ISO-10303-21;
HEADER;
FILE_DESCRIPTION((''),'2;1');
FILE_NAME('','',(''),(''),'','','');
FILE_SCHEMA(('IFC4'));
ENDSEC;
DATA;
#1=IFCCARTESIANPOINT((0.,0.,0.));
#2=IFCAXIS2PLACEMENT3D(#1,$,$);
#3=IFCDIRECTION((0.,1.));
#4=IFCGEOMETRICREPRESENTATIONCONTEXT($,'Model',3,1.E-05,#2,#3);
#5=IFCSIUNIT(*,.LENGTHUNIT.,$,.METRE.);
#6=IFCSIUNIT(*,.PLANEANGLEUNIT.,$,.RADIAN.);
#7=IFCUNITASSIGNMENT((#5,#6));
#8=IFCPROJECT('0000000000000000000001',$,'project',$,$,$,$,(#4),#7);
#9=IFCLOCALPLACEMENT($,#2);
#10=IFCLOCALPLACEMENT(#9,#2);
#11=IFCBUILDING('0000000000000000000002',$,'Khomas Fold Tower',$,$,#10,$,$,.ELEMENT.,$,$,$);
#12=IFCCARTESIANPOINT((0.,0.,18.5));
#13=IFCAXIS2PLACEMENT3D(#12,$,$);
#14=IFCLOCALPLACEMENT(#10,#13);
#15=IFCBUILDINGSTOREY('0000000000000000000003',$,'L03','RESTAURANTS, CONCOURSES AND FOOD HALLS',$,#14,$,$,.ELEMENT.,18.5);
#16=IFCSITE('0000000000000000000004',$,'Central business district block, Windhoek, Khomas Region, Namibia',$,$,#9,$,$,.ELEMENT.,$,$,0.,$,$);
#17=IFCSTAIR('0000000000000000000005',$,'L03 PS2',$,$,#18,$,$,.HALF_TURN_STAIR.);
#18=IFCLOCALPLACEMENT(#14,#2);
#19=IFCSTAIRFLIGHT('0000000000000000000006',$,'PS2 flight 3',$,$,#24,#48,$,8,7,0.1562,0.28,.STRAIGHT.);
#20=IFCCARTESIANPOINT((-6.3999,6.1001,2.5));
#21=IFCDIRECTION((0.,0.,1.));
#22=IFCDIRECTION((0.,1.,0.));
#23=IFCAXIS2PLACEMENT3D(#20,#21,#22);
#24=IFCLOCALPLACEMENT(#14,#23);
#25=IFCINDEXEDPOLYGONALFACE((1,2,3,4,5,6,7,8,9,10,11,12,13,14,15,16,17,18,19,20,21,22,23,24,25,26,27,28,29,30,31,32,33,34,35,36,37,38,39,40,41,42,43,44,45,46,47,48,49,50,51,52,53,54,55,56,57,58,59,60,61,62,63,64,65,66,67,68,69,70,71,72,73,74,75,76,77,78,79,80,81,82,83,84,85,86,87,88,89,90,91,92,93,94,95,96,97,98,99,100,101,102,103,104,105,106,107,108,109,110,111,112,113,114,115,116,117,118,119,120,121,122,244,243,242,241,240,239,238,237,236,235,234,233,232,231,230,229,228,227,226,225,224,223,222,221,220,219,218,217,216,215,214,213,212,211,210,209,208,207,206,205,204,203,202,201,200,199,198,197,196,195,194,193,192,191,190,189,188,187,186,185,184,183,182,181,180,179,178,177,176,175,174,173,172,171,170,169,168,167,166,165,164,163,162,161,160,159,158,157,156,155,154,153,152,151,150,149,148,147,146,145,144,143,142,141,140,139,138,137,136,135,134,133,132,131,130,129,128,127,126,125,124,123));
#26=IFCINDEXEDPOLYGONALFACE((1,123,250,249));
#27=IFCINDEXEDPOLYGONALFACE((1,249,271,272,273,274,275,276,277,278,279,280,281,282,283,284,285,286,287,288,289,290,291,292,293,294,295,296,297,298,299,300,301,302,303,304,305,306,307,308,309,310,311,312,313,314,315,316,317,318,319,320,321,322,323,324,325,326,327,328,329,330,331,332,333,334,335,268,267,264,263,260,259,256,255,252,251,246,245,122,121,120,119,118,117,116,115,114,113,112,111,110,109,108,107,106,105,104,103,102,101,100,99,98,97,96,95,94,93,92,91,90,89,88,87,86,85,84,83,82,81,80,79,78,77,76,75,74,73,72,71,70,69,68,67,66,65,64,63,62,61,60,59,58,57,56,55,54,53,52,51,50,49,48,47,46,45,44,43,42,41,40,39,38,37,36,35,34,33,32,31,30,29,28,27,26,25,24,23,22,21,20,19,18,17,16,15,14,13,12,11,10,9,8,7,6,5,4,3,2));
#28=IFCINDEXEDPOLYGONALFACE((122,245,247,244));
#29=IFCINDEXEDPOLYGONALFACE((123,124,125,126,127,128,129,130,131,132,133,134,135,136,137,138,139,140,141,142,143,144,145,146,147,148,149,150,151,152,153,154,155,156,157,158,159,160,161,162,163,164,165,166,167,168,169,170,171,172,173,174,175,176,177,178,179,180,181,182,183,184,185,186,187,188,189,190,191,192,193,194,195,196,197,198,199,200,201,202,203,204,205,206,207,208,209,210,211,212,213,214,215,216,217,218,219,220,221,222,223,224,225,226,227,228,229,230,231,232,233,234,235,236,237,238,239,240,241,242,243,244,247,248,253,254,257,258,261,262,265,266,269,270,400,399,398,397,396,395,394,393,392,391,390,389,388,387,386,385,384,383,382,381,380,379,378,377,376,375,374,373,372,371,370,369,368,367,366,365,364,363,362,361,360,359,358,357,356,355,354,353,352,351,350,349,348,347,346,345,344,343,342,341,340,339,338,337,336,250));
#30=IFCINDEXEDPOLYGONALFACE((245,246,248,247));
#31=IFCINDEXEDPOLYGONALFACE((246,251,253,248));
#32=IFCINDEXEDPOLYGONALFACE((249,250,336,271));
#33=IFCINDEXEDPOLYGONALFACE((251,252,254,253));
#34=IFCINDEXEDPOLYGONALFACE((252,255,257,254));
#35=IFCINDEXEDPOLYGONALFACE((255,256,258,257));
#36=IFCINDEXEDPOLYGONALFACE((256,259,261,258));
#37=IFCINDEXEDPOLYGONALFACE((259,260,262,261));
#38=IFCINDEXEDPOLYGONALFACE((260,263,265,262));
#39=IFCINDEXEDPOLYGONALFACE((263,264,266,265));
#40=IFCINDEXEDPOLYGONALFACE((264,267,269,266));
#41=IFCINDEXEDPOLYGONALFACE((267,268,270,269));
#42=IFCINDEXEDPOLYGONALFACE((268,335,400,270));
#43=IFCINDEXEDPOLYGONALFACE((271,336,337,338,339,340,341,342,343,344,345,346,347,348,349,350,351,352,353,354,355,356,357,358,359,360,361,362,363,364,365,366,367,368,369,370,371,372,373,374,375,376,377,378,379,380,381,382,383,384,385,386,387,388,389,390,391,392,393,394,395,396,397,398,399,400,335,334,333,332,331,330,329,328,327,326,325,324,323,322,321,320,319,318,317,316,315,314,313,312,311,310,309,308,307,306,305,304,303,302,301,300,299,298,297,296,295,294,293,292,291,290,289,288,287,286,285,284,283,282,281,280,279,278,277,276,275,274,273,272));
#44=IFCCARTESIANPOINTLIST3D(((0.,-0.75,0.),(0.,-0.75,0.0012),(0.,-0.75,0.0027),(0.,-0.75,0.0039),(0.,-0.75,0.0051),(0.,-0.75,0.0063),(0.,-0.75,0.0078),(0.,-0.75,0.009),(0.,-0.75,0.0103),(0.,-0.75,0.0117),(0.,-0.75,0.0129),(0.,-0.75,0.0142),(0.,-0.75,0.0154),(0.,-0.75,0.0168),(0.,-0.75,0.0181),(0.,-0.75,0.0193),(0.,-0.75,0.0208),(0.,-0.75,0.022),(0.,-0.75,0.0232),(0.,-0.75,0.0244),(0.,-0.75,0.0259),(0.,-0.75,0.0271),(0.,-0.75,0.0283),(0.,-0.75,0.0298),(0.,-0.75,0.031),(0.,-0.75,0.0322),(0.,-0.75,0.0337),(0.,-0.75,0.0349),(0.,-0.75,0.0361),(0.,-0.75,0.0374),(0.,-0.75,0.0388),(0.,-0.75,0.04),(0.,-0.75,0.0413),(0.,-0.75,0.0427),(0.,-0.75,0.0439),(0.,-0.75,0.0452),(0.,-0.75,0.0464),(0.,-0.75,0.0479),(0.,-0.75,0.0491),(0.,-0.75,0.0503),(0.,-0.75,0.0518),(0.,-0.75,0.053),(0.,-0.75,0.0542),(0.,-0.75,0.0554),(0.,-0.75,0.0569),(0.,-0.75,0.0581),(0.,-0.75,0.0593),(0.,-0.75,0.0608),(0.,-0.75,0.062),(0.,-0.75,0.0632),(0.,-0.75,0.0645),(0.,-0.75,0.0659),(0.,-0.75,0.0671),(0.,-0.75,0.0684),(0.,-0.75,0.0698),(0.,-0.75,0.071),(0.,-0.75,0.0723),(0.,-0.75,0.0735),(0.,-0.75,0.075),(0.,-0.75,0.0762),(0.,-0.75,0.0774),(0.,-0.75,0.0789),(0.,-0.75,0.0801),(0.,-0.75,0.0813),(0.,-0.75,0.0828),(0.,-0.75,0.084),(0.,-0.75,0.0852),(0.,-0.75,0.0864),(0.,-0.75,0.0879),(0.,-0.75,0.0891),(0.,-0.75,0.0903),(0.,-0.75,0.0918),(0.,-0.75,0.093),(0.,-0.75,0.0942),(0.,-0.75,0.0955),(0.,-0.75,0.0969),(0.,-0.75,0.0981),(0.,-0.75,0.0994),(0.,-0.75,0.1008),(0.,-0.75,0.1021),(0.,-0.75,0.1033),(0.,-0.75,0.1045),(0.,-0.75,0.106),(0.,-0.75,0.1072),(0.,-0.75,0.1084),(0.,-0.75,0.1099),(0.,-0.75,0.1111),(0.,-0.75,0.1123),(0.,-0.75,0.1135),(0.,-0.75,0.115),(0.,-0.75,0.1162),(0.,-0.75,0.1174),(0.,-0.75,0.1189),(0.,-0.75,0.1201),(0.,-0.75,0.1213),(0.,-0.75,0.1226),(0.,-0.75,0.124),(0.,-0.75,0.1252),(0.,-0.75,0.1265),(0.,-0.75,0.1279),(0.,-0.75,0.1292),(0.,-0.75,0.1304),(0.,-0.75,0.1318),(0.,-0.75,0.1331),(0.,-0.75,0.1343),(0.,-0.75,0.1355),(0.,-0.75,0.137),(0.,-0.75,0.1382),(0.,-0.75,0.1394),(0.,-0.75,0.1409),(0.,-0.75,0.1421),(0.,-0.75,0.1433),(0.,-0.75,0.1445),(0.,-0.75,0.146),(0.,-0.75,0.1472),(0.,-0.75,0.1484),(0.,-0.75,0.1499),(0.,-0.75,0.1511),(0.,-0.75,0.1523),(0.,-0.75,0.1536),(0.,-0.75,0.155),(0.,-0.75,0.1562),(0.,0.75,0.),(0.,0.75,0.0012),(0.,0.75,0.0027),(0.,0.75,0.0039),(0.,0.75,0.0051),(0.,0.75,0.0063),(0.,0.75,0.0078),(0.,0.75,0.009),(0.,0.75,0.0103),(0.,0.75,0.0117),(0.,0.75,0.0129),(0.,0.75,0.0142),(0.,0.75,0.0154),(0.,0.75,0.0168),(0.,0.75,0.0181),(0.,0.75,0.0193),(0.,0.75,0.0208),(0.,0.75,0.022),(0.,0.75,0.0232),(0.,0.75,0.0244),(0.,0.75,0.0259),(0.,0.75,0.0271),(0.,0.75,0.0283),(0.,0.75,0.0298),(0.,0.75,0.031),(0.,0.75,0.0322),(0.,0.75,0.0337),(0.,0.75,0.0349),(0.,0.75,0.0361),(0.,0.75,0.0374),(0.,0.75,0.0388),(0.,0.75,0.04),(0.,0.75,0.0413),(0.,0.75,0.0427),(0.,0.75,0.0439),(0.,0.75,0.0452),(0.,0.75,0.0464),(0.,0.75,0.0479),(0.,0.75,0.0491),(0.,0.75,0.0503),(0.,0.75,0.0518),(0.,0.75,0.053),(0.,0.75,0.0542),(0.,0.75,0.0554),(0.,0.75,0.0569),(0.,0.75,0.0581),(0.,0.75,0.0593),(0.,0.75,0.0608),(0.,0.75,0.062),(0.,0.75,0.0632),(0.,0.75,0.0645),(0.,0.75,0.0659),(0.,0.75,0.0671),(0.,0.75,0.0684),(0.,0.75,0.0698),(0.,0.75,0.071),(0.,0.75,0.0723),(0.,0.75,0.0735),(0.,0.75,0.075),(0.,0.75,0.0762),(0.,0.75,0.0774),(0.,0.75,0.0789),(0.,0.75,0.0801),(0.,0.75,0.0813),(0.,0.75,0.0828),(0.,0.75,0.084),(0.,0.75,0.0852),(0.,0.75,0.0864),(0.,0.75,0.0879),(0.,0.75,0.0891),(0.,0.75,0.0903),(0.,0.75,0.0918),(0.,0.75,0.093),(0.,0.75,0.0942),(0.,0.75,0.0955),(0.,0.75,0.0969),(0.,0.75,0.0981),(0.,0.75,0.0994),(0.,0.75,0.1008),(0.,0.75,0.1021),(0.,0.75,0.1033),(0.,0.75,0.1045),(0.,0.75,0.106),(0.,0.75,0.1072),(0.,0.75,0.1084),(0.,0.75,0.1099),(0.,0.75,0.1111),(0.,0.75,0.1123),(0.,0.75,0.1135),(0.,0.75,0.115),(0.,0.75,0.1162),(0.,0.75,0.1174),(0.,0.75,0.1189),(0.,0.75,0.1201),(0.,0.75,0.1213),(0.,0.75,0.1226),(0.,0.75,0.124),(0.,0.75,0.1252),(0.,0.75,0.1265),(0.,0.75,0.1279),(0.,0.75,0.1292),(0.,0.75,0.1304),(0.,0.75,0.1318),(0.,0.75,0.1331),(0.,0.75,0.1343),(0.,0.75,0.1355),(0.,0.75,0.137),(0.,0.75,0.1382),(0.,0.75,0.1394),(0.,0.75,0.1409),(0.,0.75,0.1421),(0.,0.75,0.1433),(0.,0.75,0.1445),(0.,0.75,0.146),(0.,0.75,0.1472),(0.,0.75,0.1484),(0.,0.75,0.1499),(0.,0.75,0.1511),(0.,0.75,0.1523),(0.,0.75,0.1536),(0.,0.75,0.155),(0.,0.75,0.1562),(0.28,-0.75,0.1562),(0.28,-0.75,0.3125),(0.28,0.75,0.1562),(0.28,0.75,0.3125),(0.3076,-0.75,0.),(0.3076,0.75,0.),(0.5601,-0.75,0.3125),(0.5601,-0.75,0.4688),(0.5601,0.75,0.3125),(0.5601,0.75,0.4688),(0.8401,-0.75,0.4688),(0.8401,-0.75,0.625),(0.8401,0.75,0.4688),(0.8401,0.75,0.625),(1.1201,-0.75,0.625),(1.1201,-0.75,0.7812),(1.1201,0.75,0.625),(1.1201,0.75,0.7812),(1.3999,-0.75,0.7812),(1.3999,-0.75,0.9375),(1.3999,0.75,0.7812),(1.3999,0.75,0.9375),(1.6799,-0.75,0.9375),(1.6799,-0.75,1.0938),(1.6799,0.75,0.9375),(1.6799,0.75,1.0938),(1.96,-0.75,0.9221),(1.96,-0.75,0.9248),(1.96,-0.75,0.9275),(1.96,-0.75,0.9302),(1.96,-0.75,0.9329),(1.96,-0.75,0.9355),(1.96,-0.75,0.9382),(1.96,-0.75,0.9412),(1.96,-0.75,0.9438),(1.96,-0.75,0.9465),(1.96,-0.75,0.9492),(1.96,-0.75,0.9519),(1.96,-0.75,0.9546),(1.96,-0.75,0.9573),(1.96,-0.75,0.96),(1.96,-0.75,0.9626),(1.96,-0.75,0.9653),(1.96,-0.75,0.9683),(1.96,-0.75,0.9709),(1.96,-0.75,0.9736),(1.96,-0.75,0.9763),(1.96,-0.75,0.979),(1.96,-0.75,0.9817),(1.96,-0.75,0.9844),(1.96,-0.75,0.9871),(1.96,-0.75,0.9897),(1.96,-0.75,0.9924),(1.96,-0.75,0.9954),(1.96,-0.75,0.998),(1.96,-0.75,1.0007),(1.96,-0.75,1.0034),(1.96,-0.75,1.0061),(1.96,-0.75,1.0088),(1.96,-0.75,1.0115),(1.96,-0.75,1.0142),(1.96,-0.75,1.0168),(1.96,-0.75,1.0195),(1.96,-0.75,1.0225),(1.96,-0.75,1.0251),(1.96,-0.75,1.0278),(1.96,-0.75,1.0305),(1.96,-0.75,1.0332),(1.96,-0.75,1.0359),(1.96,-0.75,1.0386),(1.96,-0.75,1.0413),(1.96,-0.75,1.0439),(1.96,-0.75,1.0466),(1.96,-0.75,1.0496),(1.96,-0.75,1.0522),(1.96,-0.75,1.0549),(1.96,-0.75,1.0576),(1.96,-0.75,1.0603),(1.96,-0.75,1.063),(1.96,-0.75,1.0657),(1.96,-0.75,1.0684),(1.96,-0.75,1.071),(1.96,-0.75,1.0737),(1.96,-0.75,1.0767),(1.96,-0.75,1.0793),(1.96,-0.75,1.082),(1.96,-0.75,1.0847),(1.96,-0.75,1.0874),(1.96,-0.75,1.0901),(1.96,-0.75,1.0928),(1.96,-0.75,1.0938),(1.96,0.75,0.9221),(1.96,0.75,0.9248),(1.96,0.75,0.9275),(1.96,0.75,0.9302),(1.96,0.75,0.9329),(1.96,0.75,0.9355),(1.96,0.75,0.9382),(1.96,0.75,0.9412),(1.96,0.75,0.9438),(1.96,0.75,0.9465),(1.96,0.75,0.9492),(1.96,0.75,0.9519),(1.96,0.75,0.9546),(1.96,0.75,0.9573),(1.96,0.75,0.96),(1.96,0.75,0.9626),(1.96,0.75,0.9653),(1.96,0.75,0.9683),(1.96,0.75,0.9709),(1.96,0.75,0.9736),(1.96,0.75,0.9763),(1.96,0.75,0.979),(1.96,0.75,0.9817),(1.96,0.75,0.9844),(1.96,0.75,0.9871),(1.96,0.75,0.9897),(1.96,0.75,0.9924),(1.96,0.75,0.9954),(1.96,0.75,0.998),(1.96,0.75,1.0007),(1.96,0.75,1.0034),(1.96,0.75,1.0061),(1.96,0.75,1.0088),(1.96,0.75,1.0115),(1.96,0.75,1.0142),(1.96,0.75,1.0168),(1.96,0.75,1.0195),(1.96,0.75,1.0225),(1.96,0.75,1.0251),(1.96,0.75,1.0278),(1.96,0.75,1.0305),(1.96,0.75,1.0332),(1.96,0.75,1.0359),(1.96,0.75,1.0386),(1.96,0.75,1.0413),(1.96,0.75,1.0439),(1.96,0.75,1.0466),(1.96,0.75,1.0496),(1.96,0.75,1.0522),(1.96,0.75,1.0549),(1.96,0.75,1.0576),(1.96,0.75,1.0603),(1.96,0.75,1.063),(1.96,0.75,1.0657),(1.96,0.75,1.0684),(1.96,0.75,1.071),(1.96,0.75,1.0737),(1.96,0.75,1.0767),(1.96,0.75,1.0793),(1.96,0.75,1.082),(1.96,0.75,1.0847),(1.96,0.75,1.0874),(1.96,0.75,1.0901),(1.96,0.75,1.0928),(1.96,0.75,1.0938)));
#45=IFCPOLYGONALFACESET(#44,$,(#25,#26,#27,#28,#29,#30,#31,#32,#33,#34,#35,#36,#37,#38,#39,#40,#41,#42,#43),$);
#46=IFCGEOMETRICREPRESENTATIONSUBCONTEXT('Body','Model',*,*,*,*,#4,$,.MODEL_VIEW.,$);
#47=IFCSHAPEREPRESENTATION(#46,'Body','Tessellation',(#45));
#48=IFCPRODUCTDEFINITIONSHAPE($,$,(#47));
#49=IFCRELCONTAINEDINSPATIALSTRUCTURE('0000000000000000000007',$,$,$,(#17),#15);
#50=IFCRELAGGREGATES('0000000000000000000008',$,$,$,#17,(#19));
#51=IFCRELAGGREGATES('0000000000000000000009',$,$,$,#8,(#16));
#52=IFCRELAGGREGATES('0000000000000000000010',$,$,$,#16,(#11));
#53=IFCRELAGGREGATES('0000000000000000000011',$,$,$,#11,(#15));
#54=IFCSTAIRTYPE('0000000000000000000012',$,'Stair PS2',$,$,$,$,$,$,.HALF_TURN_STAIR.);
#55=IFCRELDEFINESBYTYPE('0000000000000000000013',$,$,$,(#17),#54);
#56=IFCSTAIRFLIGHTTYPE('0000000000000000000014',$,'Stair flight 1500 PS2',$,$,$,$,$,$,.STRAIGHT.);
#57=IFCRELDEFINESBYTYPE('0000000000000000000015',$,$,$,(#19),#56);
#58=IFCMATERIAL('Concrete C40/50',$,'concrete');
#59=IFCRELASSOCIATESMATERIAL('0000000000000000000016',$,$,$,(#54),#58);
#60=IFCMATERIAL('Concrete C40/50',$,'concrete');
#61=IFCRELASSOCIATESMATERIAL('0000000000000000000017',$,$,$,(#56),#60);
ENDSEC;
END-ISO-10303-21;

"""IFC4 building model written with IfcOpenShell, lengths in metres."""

from ifc_helpers import new_model, si_unit, direction, frame, origin, place, context, subcontext, project, spatial, polyline, outline, extrude, source, transform, mapped, material, type_object, element, aggregate, save


model = new_model("IFC4")

# Units and contexts
model_context = context("Model", 3, precision=1e-05, world=origin(), true_north=direction((0.0, 1.0)))
body_context = subcontext(model_context, "Body", "Model", "MODEL_VIEW")
ifc_project = project(units=[si_unit("LENGTHUNIT", "METRE"), si_unit("PLANEANGLEUNIT", "RADIAN")], contexts=[model_context])

# Site, building, storey
site_placement = place(None, origin())
site = spatial("IfcSite", under=ifc_project, at=site_placement, Name="Central business district block, Windhoek, Khomas Region, Namibia", CompositionType="ELEMENT", RefElevation=0.0)
building_placement = place(site_placement, origin())
building = spatial("IfcBuilding", under=site, at=building_placement, Name="Khomas Fold Tower", CompositionType="ELEMENT")
storey_placement = place(building_placement, frame((0.0, 0.0, 18.5)))
storey = spatial("IfcBuildingStorey", under=building, at=storey_placement, Name="L03", Description="RESTAURANTS, CONCOURSES AND FOOD HALLS", CompositionType="ELEMENT", Elevation=18.5)

# Stair, stair flight
ifc_material_1 = material(Name="Concrete C40/50", Category="concrete")
stair_type = type_object("IfcStairType", Name="Stair PS2", PredefinedType="HALF_TURN_STAIR", material=ifc_material_1)
stair_placement = place(storey_placement, origin())
stair = element("IfcStair", 1, at=stair_placement, inside=storey, type_object=stair_type, Name="L03 PS2", PredefinedType="HALF_TURN_STAIR")
ifc_material_2 = material(Name="Concrete C40/50", Category="concrete")
stair_flight_type = type_object("IfcStairFlightType", Name="Stair flight 1500 PS2", PredefinedType="STRAIGHT", material=ifc_material_2)
shared_shape_1 = source(origin(), body_context, "Body", "SweptSolid", [
    extrude(outline(polyline([(0.0, 0.0), (0.0, 0.0012), (0.0, 0.0027), (0.0, 0.0039), (0.0, 0.0051), (0.0, 0.0063), (0.0, 0.0078), (0.0, 0.009), (0.0, 0.0103), (0.0, 0.0117), (0.0, 0.0129), (0.0, 0.0142), (0.0, 0.0154), (0.0, 0.0168), (0.0, 0.0181), (0.0, 0.0193), (0.0, 0.0208), (0.0, 0.022), (0.0, 0.0232), (0.0, 0.0244), (0.0, 0.0259), (0.0, 0.0271), (0.0, 0.0283), (0.0, 0.0298), (0.0, 0.031), (0.0, 0.0322), (0.0, 0.0337), (0.0, 0.0349), (0.0, 0.0361), (0.0, 0.0374), (0.0, 0.0388), (0.0, 0.04), (0.0, 0.0413), (0.0, 0.0427), (0.0, 0.0439), (0.0, 0.0452), (0.0, 0.0464), (0.0, 0.0479), (0.0, 0.0491), (0.0, 0.0503), (0.0, 0.0518), (0.0, 0.053), (0.0, 0.0542), (0.0, 0.0554), (0.0, 0.0569), (0.0, 0.0581), (0.0, 0.0593), (0.0, 0.0608), (0.0, 0.062), (0.0, 0.0632), (0.0, 0.0645), (0.0, 0.0659), (0.0, 0.0671), (0.0, 0.0684), (0.0, 0.0698), (0.0, 0.071), (0.0, 0.0723), (0.0, 0.0735), (0.0, 0.075), (0.0, 0.0762), (0.0, 0.0774), (0.0, 0.0789), (0.0, 0.0801), (0.0, 0.0813), (0.0, 0.0828), (0.0, 0.084), (0.0, 0.0852), (0.0, 0.0864), (0.0, 0.0879), (0.0, 0.0891), (0.0, 0.0903), (0.0, 0.0918), (0.0, 0.093), (0.0, 0.0942), (0.0, 0.0955), (0.0, 0.0969), (0.0, 0.0981), (0.0, 0.0994), (0.0, 0.1008), (0.0, 0.1021), (0.0, 0.1033), (0.0, 0.1045), (0.0, 0.106), (0.0, 0.1072), (0.0, 0.1084), (0.0, 0.1099), (0.0, 0.1111), (0.0, 0.1123), (0.0, 0.1135), (0.0, 0.115), (0.0, 0.1162), (0.0, 0.1174), (0.0, 0.1189), (0.0, 0.1201), (0.0, 0.1213), (0.0, 0.1226), (0.0, 0.124), (0.0, 0.1252), (0.0, 0.1265), (0.0, 0.1279), (0.0, 0.1292), (0.0, 0.1304), (0.0, 0.1318), (0.0, 0.1331), (0.0, 0.1343), (0.0, 0.1355), (0.0, 0.137), (0.0, 0.1382), (0.0, 0.1394), (0.0, 0.1409), (0.0, 0.1421), (0.0, 0.1433), (0.0, 0.1445), (0.0, 0.146), (0.0, 0.1472), (0.0, 0.1484), (0.0, 0.1499), (0.0, 0.1511), (0.0, 0.1523), (0.0, 0.1536), (0.0, 0.155), (0.0, 0.1562), (0.28, 0.1562), (0.28, 0.3125), (0.5601, 0.3125), (0.5601, 0.4688), (0.8401, 0.4688), (0.8401, 0.625), (1.1201, 0.625), (1.1201, 0.7812), (1.3999, 0.7812), (1.3999, 0.9375), (1.6799, 0.9375), (1.6799, 1.0938), (1.96, 1.0938), (1.96, 1.25), (1.96, 1.2473), (1.96, 1.2446), (1.96, 1.2419), (1.96, 1.2393), (1.96, 1.2363), (1.96, 1.2336), (1.96, 1.231), (1.96, 1.2283), (1.96, 1.2256), (1.96, 1.2229), (1.96, 1.2202), (1.96, 1.2175), (1.96, 1.2148), (1.96, 1.2122), (1.96, 1.2092), (1.96, 1.2065), (1.96, 1.2039), (1.96, 1.2012), (1.96, 1.1985), (1.96, 1.1958), (1.96, 1.1931), (1.96, 1.1904), (1.96, 1.1877), (1.96, 1.1851), (1.96, 1.1821), (1.96, 1.1794), (1.96, 1.1768), (1.96, 1.1741), (1.96, 1.1714), (1.96, 1.1687), (1.96, 1.166), (1.96, 1.1633), (1.96, 1.1606), (1.96, 1.158), (1.96, 1.155), (1.96, 1.1523), (1.96, 1.1497), (1.96, 1.147), (1.96, 1.1443), (1.96, 1.1416), (1.96, 1.1389), (1.96, 1.1362), (1.96, 1.1335), (1.96, 1.1309), (1.96, 1.1279), (1.96, 1.1252), (1.96, 1.1226), (1.96, 1.1199), (1.96, 1.1172), (1.96, 1.1145), (1.96, 1.1118), (1.96, 1.1091), (1.96, 1.1064), (1.96, 1.1038), (1.96, 1.1008), (1.96, 1.0981), (1.96, 1.0955), (1.96, 1.0928), (1.96, 1.0901), (1.96, 1.0874), (1.96, 1.0847), (1.96, 1.082), (1.96, 1.0793), (1.96, 1.0767), (1.96, 1.0737), (1.96, 1.071), (1.96, 1.0684), (1.96, 1.0657), (1.96, 1.063), (1.96, 1.0603), (1.96, 1.0576), (1.96, 1.0549), (1.96, 1.0522), (1.96, 1.0496), (1.96, 1.0466), (1.96, 1.0439), (1.96, 1.0413), (1.96, 1.0386), (1.96, 1.0359), (1.96, 1.0332), (1.96, 1.0305), (1.96, 1.0278), (1.96, 1.0251), (1.96, 1.0225), (1.96, 1.0195), (1.96, 1.0168), (1.96, 1.0142), (1.96, 1.0115), (1.96, 1.0088), (1.96, 1.0061), (1.96, 1.0034), (1.96, 1.0007), (1.96, 0.998), (1.96, 0.9954), (1.96, 0.9924), (1.96, 0.9897), (1.96, 0.9871), (1.96, 0.9844), (1.96, 0.9817), (1.96, 0.979), (1.96, 0.9763), (1.96, 0.9736), (1.96, 0.9709), (1.96, 0.9683), (1.96, 0.9653), (1.96, 0.9626), (1.96, 0.96), (1.96, 0.9573), (1.96, 0.9546), (1.96, 0.9519), (1.96, 0.9492), (1.96, 0.9465), (1.96, 0.9438), (1.96, 0.9412), (1.96, 0.9382), (1.96, 0.9355), (1.96, 0.9329), (1.96, 0.9302), (1.96, 0.9275), (1.96, 0.9248), (1.96, 0.9221), (0.3076, 0.0), (0.0, 0.0)])), frame((0.0, 0.75, 0.0), z_axis=(0.0, -1.0, 0.0), x_axis=(1.0, 0.0, 0.0)), (0.0, 0.0, 1.0), 1.5),
])
stair_flight_1_placement = place(storey_placement, frame((-6.3999, 6.1001, 2.5), z_axis=(0.0, 0.0, 1.0), x_axis=(0.0, 1.0, 0.0)))
stair_flight_1 = element("IfcStairFlight", 2, at=stair_flight_1_placement, type_object=stair_flight_type, Name="PS2 flight 3", NumberOfRisers=8, NumberOfTreads=7, PredefinedType="STRAIGHT", RiserHeight=0.1562, TreadLength=0.28, context=body_context, shape_type="MappedRepresentation", body=[
    mapped(shared_shape_1, transform((0.0, 0.0, 0.0))),
])
aggregate(stair, [stair_flight_1])

save(model, "model.ifc")
